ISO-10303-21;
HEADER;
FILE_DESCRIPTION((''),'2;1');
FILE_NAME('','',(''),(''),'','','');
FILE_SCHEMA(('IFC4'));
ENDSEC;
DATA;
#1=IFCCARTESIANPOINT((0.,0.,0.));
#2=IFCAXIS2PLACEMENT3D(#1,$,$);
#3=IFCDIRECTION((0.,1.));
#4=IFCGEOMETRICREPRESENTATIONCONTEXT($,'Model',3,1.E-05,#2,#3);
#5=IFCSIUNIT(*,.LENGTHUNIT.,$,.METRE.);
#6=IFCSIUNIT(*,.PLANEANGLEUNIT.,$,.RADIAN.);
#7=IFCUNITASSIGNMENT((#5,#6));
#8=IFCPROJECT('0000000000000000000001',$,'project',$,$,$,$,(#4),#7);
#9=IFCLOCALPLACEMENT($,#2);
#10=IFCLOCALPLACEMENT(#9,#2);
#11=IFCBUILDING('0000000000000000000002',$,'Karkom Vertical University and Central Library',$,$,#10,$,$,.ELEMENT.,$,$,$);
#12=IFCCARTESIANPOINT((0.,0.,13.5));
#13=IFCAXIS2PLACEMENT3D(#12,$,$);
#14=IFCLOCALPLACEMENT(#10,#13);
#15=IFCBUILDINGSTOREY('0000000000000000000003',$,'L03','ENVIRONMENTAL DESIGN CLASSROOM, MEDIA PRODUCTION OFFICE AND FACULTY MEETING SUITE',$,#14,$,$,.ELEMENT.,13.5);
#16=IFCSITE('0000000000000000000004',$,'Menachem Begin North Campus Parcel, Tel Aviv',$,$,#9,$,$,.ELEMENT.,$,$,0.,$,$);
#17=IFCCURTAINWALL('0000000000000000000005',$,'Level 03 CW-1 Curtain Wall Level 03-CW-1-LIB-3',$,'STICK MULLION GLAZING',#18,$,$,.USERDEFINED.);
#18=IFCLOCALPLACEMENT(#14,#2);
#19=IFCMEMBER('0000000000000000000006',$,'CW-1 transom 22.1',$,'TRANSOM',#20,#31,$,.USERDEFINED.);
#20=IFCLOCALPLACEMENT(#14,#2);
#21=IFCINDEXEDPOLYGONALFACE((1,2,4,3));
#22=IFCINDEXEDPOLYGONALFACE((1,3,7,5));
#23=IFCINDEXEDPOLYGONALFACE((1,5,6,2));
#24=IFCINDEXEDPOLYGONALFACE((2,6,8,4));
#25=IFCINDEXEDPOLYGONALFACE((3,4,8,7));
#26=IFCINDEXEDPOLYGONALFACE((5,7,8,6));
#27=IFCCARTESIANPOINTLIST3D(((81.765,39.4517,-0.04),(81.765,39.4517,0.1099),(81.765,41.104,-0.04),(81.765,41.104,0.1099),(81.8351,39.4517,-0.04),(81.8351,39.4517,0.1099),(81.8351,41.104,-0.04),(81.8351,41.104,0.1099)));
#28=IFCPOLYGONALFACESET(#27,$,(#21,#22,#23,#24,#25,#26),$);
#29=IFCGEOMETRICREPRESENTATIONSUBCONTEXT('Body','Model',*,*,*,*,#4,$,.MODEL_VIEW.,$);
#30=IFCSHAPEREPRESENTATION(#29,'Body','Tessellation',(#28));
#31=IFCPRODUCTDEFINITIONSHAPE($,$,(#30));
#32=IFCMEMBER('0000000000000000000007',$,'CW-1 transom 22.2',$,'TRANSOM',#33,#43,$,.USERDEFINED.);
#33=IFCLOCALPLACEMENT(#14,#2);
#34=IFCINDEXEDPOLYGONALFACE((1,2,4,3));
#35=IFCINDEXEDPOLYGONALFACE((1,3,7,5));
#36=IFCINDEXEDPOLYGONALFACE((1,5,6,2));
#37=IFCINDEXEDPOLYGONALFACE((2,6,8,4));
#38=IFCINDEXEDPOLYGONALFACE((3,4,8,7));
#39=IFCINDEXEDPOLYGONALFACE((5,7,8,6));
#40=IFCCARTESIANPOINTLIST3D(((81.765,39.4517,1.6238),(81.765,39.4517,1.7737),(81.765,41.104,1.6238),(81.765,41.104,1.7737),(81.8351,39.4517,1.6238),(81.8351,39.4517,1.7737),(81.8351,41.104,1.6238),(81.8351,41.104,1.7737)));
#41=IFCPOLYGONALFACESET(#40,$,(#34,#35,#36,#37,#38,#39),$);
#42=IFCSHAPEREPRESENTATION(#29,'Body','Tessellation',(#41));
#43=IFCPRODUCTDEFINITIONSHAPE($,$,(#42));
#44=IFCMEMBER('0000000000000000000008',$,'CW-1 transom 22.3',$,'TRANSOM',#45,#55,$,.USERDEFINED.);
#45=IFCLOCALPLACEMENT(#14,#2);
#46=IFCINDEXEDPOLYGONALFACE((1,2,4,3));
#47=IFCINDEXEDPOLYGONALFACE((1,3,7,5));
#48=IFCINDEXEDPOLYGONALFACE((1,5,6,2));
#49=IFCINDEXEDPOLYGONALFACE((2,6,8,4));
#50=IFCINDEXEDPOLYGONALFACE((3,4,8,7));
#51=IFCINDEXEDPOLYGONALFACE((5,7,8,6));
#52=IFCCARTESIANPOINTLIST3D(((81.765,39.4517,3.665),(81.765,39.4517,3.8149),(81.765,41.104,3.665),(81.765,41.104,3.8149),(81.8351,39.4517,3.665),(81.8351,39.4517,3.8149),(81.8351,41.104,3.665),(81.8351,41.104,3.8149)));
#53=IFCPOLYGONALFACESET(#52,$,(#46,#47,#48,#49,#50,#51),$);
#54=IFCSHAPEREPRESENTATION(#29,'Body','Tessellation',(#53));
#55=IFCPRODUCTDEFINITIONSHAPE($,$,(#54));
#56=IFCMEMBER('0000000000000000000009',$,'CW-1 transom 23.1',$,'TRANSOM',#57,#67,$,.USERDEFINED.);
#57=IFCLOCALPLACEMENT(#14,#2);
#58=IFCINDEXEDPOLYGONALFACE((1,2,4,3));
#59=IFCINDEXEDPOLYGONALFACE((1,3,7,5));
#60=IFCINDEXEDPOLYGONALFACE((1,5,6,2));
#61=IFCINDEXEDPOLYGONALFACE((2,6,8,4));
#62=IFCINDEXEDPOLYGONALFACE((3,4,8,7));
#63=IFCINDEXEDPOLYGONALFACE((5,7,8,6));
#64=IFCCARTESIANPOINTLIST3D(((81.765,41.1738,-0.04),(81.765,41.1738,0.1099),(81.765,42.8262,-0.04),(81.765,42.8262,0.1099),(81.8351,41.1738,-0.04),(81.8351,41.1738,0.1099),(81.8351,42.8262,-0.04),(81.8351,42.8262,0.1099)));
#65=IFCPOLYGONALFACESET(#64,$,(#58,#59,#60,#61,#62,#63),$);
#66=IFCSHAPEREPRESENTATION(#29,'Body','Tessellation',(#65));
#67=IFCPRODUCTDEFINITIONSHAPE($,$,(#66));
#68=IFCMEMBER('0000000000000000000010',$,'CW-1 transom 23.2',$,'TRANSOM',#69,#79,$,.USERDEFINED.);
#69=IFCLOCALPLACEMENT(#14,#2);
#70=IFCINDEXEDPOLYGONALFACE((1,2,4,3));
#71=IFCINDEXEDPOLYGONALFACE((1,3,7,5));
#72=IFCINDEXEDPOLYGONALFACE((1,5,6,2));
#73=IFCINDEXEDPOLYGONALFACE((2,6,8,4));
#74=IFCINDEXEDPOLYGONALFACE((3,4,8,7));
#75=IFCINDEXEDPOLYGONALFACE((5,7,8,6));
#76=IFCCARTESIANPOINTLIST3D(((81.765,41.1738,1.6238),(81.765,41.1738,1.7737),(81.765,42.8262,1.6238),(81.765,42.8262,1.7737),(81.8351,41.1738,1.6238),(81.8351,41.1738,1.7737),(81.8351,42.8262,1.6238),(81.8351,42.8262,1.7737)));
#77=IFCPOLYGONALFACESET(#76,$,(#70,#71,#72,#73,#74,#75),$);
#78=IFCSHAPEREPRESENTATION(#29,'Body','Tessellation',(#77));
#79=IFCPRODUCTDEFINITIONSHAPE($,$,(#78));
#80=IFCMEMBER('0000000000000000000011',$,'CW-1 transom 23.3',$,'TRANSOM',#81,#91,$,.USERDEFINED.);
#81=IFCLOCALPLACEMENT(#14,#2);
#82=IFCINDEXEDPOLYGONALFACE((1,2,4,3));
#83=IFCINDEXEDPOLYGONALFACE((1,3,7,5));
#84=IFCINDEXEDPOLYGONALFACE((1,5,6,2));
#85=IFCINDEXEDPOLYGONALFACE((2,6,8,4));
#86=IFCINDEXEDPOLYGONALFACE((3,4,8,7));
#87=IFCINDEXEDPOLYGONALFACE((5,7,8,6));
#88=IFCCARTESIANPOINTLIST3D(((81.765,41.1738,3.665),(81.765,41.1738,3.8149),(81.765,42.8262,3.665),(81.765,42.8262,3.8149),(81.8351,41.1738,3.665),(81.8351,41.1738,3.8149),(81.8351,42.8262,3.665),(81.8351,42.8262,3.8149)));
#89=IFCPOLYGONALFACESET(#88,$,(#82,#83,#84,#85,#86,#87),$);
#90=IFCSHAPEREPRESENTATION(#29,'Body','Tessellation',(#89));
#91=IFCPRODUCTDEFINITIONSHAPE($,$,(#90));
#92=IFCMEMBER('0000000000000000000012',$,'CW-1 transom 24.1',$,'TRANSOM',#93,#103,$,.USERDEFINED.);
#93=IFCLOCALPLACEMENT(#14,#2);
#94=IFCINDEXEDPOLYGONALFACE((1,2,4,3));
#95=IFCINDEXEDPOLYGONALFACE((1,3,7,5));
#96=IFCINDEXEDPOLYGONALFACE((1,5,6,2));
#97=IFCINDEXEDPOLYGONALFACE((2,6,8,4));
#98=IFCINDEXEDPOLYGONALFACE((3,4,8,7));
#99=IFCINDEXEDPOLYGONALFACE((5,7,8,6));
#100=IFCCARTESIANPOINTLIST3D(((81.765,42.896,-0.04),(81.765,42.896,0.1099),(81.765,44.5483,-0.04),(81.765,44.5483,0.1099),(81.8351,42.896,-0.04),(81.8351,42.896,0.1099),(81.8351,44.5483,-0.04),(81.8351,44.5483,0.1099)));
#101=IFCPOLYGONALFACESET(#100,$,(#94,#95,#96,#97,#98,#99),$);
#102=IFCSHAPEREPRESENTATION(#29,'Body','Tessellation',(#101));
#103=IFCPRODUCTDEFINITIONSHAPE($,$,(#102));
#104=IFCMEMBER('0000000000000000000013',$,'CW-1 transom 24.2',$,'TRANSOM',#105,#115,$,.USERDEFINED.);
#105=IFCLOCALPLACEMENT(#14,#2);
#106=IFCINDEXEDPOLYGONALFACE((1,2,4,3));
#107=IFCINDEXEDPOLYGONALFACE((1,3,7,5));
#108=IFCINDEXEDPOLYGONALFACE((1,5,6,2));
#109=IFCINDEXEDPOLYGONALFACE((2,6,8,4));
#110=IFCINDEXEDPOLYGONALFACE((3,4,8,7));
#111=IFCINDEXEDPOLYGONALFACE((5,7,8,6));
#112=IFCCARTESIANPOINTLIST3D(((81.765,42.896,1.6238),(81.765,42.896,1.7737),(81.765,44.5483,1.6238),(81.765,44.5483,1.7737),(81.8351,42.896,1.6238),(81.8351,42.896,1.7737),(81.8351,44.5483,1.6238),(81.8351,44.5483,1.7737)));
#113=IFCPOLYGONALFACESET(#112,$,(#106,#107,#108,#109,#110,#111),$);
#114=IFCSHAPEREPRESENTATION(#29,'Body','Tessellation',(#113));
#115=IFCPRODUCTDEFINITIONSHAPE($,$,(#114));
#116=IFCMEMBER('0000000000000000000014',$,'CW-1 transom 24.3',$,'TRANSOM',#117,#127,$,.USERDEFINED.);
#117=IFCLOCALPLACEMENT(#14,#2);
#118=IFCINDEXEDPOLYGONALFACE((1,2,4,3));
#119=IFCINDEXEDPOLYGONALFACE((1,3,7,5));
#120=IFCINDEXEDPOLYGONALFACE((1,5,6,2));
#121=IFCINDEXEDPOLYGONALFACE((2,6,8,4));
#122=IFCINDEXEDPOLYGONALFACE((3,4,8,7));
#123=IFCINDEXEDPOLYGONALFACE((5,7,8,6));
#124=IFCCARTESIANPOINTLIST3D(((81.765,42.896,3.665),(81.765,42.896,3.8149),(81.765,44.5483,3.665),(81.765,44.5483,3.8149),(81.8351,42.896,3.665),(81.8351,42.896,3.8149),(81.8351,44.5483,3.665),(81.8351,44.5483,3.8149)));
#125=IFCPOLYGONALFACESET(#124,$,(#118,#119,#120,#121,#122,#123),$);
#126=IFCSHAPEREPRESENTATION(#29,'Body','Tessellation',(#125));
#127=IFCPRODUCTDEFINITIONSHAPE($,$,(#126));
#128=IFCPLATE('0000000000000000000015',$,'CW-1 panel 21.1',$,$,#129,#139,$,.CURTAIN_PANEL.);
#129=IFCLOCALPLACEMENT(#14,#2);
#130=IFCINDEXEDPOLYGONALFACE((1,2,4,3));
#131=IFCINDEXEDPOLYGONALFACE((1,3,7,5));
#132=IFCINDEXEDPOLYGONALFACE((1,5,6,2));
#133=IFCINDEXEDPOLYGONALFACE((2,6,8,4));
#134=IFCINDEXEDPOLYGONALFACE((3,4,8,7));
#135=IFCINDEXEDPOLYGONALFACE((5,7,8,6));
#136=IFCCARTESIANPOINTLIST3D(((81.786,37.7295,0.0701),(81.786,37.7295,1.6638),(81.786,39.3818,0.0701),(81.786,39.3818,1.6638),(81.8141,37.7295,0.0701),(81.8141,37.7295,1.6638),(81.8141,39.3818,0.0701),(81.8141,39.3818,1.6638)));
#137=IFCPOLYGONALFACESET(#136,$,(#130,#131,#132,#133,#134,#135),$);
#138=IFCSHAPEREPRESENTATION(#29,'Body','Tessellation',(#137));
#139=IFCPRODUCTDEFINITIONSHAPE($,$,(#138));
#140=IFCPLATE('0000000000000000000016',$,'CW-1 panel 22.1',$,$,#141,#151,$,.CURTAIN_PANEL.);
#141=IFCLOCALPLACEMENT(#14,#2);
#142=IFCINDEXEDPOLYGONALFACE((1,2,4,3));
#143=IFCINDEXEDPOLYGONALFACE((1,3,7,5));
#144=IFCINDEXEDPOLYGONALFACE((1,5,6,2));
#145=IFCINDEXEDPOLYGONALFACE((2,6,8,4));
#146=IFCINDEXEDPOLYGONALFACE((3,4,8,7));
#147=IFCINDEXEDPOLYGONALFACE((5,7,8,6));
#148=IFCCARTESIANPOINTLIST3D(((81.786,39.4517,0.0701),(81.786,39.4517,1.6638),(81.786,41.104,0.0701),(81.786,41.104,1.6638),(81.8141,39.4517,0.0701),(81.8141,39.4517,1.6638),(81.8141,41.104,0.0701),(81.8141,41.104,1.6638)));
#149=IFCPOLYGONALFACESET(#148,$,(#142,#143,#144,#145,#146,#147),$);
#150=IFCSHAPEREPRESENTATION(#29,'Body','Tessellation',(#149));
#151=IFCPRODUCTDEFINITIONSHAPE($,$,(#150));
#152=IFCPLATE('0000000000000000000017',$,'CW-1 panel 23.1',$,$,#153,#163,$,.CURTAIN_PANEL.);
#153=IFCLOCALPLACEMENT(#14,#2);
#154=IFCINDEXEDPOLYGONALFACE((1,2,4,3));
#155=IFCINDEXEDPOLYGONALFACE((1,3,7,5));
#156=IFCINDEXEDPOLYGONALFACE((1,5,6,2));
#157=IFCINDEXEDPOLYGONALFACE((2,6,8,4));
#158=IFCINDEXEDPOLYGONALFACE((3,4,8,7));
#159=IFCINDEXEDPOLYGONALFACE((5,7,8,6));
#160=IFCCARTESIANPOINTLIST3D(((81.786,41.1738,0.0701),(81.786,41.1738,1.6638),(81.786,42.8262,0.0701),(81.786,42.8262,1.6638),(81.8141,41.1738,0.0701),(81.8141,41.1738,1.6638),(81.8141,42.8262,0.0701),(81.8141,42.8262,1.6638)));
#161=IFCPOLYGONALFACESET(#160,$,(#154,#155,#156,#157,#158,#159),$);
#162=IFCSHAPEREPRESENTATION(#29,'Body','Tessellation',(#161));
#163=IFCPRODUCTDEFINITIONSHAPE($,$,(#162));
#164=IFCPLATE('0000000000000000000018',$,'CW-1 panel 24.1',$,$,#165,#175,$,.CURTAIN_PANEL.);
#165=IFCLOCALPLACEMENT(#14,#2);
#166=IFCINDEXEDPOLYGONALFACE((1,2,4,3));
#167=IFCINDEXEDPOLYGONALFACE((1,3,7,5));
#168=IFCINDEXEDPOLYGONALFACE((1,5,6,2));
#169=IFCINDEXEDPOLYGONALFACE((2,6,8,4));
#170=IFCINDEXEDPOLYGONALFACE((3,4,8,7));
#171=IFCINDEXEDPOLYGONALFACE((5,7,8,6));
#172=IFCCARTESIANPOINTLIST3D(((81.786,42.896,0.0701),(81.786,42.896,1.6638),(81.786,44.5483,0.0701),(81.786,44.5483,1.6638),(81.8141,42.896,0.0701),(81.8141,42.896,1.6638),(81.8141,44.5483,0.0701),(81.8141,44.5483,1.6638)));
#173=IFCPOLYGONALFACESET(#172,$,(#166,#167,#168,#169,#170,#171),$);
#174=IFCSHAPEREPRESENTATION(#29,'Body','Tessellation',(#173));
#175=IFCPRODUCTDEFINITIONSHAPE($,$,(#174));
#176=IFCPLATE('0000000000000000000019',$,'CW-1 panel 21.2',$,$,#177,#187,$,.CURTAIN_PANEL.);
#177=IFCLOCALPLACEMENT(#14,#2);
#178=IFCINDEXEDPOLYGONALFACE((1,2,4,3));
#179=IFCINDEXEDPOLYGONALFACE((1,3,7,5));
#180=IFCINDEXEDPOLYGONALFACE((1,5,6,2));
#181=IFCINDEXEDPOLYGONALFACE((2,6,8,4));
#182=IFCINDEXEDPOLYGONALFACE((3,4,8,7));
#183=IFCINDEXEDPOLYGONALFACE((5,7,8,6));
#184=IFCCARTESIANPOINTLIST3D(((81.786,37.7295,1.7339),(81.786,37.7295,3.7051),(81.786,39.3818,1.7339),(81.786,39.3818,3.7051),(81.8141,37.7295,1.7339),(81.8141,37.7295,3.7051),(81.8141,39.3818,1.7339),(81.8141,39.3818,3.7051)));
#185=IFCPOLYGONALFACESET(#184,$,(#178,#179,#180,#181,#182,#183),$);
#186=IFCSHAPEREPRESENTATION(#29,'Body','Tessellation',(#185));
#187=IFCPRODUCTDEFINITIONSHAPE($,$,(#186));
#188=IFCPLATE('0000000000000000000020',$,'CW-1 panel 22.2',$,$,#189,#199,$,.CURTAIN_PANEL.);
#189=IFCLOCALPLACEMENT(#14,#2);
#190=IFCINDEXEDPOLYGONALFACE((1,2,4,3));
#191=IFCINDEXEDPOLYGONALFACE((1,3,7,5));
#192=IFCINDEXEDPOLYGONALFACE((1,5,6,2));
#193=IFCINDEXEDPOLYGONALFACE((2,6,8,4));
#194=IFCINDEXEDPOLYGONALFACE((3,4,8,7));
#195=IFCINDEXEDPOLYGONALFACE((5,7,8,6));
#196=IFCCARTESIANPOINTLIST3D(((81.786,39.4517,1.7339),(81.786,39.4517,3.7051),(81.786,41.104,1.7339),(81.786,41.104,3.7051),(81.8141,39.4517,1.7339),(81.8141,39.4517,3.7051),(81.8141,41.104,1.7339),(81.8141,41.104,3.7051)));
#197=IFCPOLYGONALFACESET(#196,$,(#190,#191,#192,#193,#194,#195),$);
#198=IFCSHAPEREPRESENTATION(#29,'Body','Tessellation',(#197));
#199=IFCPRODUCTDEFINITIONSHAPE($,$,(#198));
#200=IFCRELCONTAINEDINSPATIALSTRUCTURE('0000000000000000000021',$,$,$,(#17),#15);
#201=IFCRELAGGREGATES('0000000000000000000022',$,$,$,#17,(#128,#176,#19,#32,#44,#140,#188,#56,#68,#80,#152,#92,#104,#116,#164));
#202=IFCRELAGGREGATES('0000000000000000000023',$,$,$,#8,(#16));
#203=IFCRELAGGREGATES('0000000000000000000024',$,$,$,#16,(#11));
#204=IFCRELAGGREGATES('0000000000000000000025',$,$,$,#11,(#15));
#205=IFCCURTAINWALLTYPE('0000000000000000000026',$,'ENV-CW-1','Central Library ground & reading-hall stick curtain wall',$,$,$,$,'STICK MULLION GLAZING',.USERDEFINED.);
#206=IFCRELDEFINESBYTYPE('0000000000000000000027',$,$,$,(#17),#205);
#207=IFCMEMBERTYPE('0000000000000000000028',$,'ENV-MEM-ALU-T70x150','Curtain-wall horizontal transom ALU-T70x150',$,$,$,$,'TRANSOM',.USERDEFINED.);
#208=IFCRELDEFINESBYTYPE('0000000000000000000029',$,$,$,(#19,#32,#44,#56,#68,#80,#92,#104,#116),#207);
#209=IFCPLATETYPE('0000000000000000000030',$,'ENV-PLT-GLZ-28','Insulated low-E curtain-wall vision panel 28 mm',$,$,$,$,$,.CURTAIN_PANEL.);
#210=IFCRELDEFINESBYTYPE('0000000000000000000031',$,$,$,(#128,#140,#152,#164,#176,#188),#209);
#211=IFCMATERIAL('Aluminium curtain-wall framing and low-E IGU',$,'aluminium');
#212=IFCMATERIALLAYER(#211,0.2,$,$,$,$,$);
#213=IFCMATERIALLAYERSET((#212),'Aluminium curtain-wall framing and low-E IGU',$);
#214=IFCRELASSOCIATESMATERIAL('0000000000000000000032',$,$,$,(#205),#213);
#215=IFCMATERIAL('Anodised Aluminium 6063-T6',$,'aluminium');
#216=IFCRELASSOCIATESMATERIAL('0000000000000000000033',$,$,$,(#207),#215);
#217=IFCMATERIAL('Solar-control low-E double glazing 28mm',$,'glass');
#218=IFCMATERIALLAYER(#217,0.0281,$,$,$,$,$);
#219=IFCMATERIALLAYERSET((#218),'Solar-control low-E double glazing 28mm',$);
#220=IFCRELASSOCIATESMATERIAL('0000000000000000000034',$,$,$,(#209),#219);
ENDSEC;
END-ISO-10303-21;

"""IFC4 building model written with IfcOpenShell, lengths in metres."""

from ifc_helpers import new_model, si_unit, direction, frame, origin, origin_with_axes, origin_2d, place, context, subcontext, project, spatial, rectangle, extrude, source, transform, mapped, material, layer, layer_set, material_profile, profile_set, type_object, element, aggregate, save


model = new_model("IFC4")

# Units and contexts
model_context = context("Model", 3, precision=1e-05, world=origin(), true_north=direction((0.0, 1.0)))
body_context = subcontext(model_context, "Body", "Model", "MODEL_VIEW")
ifc_project = project(units=[si_unit("LENGTHUNIT", "METRE"), si_unit("PLANEANGLEUNIT", "RADIAN")], contexts=[model_context])

# Site, building, storey
site_placement = place(None, origin())
site = spatial("IfcSite", under=ifc_project, at=site_placement, Name="Menachem Begin North Campus Parcel, Tel Aviv", CompositionType="ELEMENT", RefElevation=0.0)
building_placement = place(site_placement, origin())
building = spatial("IfcBuilding", under=site, at=building_placement, Name="Karkom Vertical University and Central Library", CompositionType="ELEMENT")
storey_placement = place(building_placement, frame((0.0, 0.0, 13.5)))
storey = spatial("IfcBuildingStorey", under=building, at=storey_placement, Name="L03", Description="ENVIRONMENTAL DESIGN CLASSROOM, MEDIA PRODUCTION OFFICE AND FACULTY MEETING SUITE", CompositionType="ELEMENT", Elevation=13.5)

# Curtain wall, members, plates
ifc_material_1 = material(Name="Aluminium curtain-wall framing and low-E IGU", Category="aluminium")
ifc_layer_1 = layer(ifc_material_1, 0.2)
ifc_layer_set_1 = layer_set([ifc_layer_1], Name="Aluminium curtain-wall framing and low-E IGU")
curtain_wall_type = type_object("IfcCurtainWallType", Name="ENV-CW-1", Description="Central Library ground & reading-hall stick curtain wall", ElementType="STICK MULLION GLAZING", PredefinedType="USERDEFINED", material=ifc_layer_set_1)
curtain_wall_placement = place(storey_placement, origin())
curtain_wall = element("IfcCurtainWall", 1, at=curtain_wall_placement, inside=storey, type_object=curtain_wall_type, Name="Level 03 CW-1 Curtain Wall Level 03-CW-1-LIB-3", ObjectType="STICK MULLION GLAZING", PredefinedType="USERDEFINED")
ifc_material_2 = material(Name="Anodised Aluminium 6063-T6", Category="aluminium")
ifc_material_profile_1 = material_profile(ifc_material_2, rectangle(XDim=0.0701, YDim=0.1499, at=origin_2d()), Name="ALU-T70x150")
ifc_profile_set_1 = profile_set([ifc_material_profile_1], Name="Anodised Aluminium 6063-T6")
member_type_1 = type_object("IfcMemberType", Name="ENV-MEM-ALU-T70x150", Description="Curtain-wall horizontal transom ALU-T70x150", ElementType="TRANSOM", PredefinedType="USERDEFINED", material=ifc_profile_set_1)
shared_shape_1 = source(origin_with_axes(), body_context, "Body", "SweptSolid", [
    extrude(rectangle(XDim=0.0701, YDim=0.1499, at=origin_2d()), origin(), (0.0, 0.0, 1.0), 1.6523),
])
member_1_placement = place(storey_placement, frame((81.8, 39.4517, 0.0349), z_axis=(0.0, 1.0, 0.0), x_axis=(-1.0, 0.0, 0.0)))
member_1 = element("IfcMember", 2, at=member_1_placement, type_object=member_type_1, Name="CW-1 transom 22.1", ObjectType="TRANSOM", PredefinedType="USERDEFINED", context=body_context, shape_type="MappedRepresentation", body=[
    mapped(shared_shape_1, transform((0.0, 0.0, 0.0), scale=1.0)),
])
member_2_placement = place(storey_placement, frame((81.8, 39.4517, 1.6987), z_axis=(0.0, 1.0, 0.0), x_axis=(-1.0, 0.0, 0.0)))
member_2 = element("IfcMember", 3, at=member_2_placement, type_object=member_type_1, Name="CW-1 transom 22.2", ObjectType="TRANSOM", PredefinedType="USERDEFINED", context=body_context, shape_type="MappedRepresentation", body=[
    mapped(shared_shape_1, transform((0.0, 0.0, 0.0), scale=1.0)),
])
member_3_placement = place(storey_placement, frame((81.8, 39.4517, 3.74), z_axis=(0.0, 1.0, 0.0), x_axis=(-1.0, 0.0, 0.0)))
member_3 = element("IfcMember", 4, at=member_3_placement, type_object=member_type_1, Name="CW-1 transom 22.3", ObjectType="TRANSOM", PredefinedType="USERDEFINED", context=body_context, shape_type="MappedRepresentation", body=[
    mapped(shared_shape_1, transform((0.0, 0.0, 0.0), scale=1.0)),
])
member_4_placement = place(storey_placement, frame((81.8, 41.1738, 0.0349), z_axis=(0.0, 1.0, 0.0), x_axis=(-1.0, 0.0, 0.0)))
member_4 = element("IfcMember", 5, at=member_4_placement, type_object=member_type_1, Name="CW-1 transom 23.1", ObjectType="TRANSOM", PredefinedType="USERDEFINED", context=body_context, shape_type="MappedRepresentation", body=[
    mapped(shared_shape_1, transform((0.0, 0.0, 0.0), scale=1.0)),
])
member_5_placement = place(storey_placement, frame((81.8, 41.1738, 1.6987), z_axis=(0.0, 1.0, 0.0), x_axis=(-1.0, 0.0, 0.0)))
member_5 = element("IfcMember", 6, at=member_5_placement, type_object=member_type_1, Name="CW-1 transom 23.2", ObjectType="TRANSOM", PredefinedType="USERDEFINED", context=body_context, shape_type="MappedRepresentation", body=[
    mapped(shared_shape_1, transform((0.0, 0.0, 0.0), scale=1.0)),
])
member_6_placement = place(storey_placement, frame((81.8, 41.1738, 3.74), z_axis=(0.0, 1.0, 0.0), x_axis=(-1.0, 0.0, 0.0)))
member_6 = element("IfcMember", 7, at=member_6_placement, type_object=member_type_1, Name="CW-1 transom 23.3", ObjectType="TRANSOM", PredefinedType="USERDEFINED", context=body_context, shape_type="MappedRepresentation", body=[
    mapped(shared_shape_1, transform((0.0, 0.0, 0.0), scale=1.0)),
])
member_7_placement = place(storey_placement, frame((81.8, 42.896, 0.0349), z_axis=(0.0, 1.0, 0.0), x_axis=(-1.0, 0.0, 0.0)))
member_7 = element("IfcMember", 8, at=member_7_placement, type_object=member_type_1, Name="CW-1 transom 24.1", ObjectType="TRANSOM", PredefinedType="USERDEFINED", context=body_context, shape_type="MappedRepresentation", body=[
    mapped(shared_shape_1, transform((0.0, 0.0, 0.0), scale=1.0)),
])
member_8_placement = place(storey_placement, frame((81.8, 42.896, 1.6987), z_axis=(0.0, 1.0, 0.0), x_axis=(-1.0, 0.0, 0.0)))
member_8 = element("IfcMember", 9, at=member_8_placement, type_object=member_type_1, Name="CW-1 transom 24.2", ObjectType="TRANSOM", PredefinedType="USERDEFINED", context=body_context, shape_type="MappedRepresentation", body=[
    mapped(shared_shape_1, transform((0.0, 0.0, 0.0), scale=1.0)),
])
member_9_placement = place(storey_placement, frame((81.8, 42.896, 3.74), z_axis=(0.0, 1.0, 0.0), x_axis=(-1.0, 0.0, 0.0)))
member_9 = element("IfcMember", 10, at=member_9_placement, type_object=member_type_1, Name="CW-1 transom 24.3", ObjectType="TRANSOM", PredefinedType="USERDEFINED", context=body_context, shape_type="MappedRepresentation", body=[
    mapped(shared_shape_1, transform((0.0, 0.0, 0.0), scale=1.0)),
])
ifc_material_3 = material(Name="Solar-control low-E double glazing 28mm", Category="glass")
ifc_layer_2 = layer(ifc_material_3, 0.0281)
ifc_layer_set_2 = layer_set([ifc_layer_2], Name="Solar-control low-E double glazing 28mm")
plate_type = type_object("IfcPlateType", Name="ENV-PLT-GLZ-28", Description="Insulated low-E curtain-wall vision panel 28 mm", PredefinedType="CURTAIN_PANEL", material=ifc_layer_set_2)
shared_shape_2 = source(origin_with_axes(), body_context, "Body", "SweptSolid", [
    extrude(rectangle(XDim=1.6523, YDim=0.0281, at=origin_2d()), origin(), (0.0, 0.0, 1.0), 1.5938),
])
plate_1_placement = place(storey_placement, frame((81.8, 38.5557, 0.0701), z_axis=(0.0, 0.0, 1.0), x_axis=(0.0, 1.0, 0.0)))
plate_1 = element("IfcPlate", 11, at=plate_1_placement, type_object=plate_type, Name="CW-1 panel 21.1", PredefinedType="CURTAIN_PANEL", context=body_context, shape_type="MappedRepresentation", body=[
    mapped(shared_shape_2, transform((0.0, 0.0, 0.0), scale=1.0)),
])
plate_2_placement = place(storey_placement, frame((81.8, 40.2778, 0.0701), z_axis=(0.0, 0.0, 1.0), x_axis=(0.0, 1.0, 0.0)))
plate_2 = element("IfcPlate", 12, at=plate_2_placement, type_object=plate_type, Name="CW-1 panel 22.1", PredefinedType="CURTAIN_PANEL", context=body_context, shape_type="MappedRepresentation", body=[
    mapped(shared_shape_2, transform((0.0, 0.0, 0.0), scale=1.0)),
])
plate_3_placement = place(storey_placement, frame((81.8, 42.0, 0.0701), z_axis=(0.0, 0.0, 1.0), x_axis=(0.0, 1.0, 0.0)))
plate_3 = element("IfcPlate", 13, at=plate_3_placement, type_object=plate_type, Name="CW-1 panel 23.1", PredefinedType="CURTAIN_PANEL", context=body_context, shape_type="MappedRepresentation", body=[
    mapped(shared_shape_2, transform((0.0, 0.0, 0.0), scale=1.0)),
])
plate_4_placement = place(storey_placement, frame((81.8, 43.7222, 0.0701), z_axis=(0.0, 0.0, 1.0), x_axis=(0.0, 1.0, 0.0)))
plate_4 = element("IfcPlate", 14, at=plate_4_placement, type_object=plate_type, Name="CW-1 panel 24.1", PredefinedType="CURTAIN_PANEL", context=body_context, shape_type="MappedRepresentation", body=[
    mapped(shared_shape_2, transform((0.0, 0.0, 0.0), scale=1.0)),
])
shared_shape_3 = source(origin_with_axes(), body_context, "Body", "SweptSolid", [
    extrude(rectangle(XDim=1.6523, YDim=0.0281, at=origin_2d()), origin(), (0.0, 0.0, 1.0), 1.9712),
])
plate_5_placement = place(storey_placement, frame((81.8, 38.5557, 1.7339), z_axis=(0.0, 0.0, 1.0), x_axis=(0.0, 1.0, 0.0)))
plate_5 = element("IfcPlate", 15, at=plate_5_placement, type_object=plate_type, Name="CW-1 panel 21.2", PredefinedType="CURTAIN_PANEL", context=body_context, shape_type="MappedRepresentation", body=[
    mapped(shared_shape_3, transform((0.0, 0.0, 0.0), scale=1.0)),
])
plate_6_placement = place(storey_placement, frame((81.8, 40.2778, 1.7339), z_axis=(0.0, 0.0, 1.0), x_axis=(0.0, 1.0, 0.0)))
plate_6 = element("IfcPlate", 16, at=plate_6_placement, type_object=plate_type, Name="CW-1 panel 22.2", PredefinedType="CURTAIN_PANEL", context=body_context, shape_type="MappedRepresentation", body=[
    mapped(shared_shape_3, transform((0.0, 0.0, 0.0), scale=1.0)),
])
aggregate(curtain_wall, [plate_1, plate_5, member_1, member_2, member_3, plate_2, plate_6, member_4, member_5, member_6, plate_3, member_7, member_8, member_9, plate_4])

save(model, "model.ifc")
